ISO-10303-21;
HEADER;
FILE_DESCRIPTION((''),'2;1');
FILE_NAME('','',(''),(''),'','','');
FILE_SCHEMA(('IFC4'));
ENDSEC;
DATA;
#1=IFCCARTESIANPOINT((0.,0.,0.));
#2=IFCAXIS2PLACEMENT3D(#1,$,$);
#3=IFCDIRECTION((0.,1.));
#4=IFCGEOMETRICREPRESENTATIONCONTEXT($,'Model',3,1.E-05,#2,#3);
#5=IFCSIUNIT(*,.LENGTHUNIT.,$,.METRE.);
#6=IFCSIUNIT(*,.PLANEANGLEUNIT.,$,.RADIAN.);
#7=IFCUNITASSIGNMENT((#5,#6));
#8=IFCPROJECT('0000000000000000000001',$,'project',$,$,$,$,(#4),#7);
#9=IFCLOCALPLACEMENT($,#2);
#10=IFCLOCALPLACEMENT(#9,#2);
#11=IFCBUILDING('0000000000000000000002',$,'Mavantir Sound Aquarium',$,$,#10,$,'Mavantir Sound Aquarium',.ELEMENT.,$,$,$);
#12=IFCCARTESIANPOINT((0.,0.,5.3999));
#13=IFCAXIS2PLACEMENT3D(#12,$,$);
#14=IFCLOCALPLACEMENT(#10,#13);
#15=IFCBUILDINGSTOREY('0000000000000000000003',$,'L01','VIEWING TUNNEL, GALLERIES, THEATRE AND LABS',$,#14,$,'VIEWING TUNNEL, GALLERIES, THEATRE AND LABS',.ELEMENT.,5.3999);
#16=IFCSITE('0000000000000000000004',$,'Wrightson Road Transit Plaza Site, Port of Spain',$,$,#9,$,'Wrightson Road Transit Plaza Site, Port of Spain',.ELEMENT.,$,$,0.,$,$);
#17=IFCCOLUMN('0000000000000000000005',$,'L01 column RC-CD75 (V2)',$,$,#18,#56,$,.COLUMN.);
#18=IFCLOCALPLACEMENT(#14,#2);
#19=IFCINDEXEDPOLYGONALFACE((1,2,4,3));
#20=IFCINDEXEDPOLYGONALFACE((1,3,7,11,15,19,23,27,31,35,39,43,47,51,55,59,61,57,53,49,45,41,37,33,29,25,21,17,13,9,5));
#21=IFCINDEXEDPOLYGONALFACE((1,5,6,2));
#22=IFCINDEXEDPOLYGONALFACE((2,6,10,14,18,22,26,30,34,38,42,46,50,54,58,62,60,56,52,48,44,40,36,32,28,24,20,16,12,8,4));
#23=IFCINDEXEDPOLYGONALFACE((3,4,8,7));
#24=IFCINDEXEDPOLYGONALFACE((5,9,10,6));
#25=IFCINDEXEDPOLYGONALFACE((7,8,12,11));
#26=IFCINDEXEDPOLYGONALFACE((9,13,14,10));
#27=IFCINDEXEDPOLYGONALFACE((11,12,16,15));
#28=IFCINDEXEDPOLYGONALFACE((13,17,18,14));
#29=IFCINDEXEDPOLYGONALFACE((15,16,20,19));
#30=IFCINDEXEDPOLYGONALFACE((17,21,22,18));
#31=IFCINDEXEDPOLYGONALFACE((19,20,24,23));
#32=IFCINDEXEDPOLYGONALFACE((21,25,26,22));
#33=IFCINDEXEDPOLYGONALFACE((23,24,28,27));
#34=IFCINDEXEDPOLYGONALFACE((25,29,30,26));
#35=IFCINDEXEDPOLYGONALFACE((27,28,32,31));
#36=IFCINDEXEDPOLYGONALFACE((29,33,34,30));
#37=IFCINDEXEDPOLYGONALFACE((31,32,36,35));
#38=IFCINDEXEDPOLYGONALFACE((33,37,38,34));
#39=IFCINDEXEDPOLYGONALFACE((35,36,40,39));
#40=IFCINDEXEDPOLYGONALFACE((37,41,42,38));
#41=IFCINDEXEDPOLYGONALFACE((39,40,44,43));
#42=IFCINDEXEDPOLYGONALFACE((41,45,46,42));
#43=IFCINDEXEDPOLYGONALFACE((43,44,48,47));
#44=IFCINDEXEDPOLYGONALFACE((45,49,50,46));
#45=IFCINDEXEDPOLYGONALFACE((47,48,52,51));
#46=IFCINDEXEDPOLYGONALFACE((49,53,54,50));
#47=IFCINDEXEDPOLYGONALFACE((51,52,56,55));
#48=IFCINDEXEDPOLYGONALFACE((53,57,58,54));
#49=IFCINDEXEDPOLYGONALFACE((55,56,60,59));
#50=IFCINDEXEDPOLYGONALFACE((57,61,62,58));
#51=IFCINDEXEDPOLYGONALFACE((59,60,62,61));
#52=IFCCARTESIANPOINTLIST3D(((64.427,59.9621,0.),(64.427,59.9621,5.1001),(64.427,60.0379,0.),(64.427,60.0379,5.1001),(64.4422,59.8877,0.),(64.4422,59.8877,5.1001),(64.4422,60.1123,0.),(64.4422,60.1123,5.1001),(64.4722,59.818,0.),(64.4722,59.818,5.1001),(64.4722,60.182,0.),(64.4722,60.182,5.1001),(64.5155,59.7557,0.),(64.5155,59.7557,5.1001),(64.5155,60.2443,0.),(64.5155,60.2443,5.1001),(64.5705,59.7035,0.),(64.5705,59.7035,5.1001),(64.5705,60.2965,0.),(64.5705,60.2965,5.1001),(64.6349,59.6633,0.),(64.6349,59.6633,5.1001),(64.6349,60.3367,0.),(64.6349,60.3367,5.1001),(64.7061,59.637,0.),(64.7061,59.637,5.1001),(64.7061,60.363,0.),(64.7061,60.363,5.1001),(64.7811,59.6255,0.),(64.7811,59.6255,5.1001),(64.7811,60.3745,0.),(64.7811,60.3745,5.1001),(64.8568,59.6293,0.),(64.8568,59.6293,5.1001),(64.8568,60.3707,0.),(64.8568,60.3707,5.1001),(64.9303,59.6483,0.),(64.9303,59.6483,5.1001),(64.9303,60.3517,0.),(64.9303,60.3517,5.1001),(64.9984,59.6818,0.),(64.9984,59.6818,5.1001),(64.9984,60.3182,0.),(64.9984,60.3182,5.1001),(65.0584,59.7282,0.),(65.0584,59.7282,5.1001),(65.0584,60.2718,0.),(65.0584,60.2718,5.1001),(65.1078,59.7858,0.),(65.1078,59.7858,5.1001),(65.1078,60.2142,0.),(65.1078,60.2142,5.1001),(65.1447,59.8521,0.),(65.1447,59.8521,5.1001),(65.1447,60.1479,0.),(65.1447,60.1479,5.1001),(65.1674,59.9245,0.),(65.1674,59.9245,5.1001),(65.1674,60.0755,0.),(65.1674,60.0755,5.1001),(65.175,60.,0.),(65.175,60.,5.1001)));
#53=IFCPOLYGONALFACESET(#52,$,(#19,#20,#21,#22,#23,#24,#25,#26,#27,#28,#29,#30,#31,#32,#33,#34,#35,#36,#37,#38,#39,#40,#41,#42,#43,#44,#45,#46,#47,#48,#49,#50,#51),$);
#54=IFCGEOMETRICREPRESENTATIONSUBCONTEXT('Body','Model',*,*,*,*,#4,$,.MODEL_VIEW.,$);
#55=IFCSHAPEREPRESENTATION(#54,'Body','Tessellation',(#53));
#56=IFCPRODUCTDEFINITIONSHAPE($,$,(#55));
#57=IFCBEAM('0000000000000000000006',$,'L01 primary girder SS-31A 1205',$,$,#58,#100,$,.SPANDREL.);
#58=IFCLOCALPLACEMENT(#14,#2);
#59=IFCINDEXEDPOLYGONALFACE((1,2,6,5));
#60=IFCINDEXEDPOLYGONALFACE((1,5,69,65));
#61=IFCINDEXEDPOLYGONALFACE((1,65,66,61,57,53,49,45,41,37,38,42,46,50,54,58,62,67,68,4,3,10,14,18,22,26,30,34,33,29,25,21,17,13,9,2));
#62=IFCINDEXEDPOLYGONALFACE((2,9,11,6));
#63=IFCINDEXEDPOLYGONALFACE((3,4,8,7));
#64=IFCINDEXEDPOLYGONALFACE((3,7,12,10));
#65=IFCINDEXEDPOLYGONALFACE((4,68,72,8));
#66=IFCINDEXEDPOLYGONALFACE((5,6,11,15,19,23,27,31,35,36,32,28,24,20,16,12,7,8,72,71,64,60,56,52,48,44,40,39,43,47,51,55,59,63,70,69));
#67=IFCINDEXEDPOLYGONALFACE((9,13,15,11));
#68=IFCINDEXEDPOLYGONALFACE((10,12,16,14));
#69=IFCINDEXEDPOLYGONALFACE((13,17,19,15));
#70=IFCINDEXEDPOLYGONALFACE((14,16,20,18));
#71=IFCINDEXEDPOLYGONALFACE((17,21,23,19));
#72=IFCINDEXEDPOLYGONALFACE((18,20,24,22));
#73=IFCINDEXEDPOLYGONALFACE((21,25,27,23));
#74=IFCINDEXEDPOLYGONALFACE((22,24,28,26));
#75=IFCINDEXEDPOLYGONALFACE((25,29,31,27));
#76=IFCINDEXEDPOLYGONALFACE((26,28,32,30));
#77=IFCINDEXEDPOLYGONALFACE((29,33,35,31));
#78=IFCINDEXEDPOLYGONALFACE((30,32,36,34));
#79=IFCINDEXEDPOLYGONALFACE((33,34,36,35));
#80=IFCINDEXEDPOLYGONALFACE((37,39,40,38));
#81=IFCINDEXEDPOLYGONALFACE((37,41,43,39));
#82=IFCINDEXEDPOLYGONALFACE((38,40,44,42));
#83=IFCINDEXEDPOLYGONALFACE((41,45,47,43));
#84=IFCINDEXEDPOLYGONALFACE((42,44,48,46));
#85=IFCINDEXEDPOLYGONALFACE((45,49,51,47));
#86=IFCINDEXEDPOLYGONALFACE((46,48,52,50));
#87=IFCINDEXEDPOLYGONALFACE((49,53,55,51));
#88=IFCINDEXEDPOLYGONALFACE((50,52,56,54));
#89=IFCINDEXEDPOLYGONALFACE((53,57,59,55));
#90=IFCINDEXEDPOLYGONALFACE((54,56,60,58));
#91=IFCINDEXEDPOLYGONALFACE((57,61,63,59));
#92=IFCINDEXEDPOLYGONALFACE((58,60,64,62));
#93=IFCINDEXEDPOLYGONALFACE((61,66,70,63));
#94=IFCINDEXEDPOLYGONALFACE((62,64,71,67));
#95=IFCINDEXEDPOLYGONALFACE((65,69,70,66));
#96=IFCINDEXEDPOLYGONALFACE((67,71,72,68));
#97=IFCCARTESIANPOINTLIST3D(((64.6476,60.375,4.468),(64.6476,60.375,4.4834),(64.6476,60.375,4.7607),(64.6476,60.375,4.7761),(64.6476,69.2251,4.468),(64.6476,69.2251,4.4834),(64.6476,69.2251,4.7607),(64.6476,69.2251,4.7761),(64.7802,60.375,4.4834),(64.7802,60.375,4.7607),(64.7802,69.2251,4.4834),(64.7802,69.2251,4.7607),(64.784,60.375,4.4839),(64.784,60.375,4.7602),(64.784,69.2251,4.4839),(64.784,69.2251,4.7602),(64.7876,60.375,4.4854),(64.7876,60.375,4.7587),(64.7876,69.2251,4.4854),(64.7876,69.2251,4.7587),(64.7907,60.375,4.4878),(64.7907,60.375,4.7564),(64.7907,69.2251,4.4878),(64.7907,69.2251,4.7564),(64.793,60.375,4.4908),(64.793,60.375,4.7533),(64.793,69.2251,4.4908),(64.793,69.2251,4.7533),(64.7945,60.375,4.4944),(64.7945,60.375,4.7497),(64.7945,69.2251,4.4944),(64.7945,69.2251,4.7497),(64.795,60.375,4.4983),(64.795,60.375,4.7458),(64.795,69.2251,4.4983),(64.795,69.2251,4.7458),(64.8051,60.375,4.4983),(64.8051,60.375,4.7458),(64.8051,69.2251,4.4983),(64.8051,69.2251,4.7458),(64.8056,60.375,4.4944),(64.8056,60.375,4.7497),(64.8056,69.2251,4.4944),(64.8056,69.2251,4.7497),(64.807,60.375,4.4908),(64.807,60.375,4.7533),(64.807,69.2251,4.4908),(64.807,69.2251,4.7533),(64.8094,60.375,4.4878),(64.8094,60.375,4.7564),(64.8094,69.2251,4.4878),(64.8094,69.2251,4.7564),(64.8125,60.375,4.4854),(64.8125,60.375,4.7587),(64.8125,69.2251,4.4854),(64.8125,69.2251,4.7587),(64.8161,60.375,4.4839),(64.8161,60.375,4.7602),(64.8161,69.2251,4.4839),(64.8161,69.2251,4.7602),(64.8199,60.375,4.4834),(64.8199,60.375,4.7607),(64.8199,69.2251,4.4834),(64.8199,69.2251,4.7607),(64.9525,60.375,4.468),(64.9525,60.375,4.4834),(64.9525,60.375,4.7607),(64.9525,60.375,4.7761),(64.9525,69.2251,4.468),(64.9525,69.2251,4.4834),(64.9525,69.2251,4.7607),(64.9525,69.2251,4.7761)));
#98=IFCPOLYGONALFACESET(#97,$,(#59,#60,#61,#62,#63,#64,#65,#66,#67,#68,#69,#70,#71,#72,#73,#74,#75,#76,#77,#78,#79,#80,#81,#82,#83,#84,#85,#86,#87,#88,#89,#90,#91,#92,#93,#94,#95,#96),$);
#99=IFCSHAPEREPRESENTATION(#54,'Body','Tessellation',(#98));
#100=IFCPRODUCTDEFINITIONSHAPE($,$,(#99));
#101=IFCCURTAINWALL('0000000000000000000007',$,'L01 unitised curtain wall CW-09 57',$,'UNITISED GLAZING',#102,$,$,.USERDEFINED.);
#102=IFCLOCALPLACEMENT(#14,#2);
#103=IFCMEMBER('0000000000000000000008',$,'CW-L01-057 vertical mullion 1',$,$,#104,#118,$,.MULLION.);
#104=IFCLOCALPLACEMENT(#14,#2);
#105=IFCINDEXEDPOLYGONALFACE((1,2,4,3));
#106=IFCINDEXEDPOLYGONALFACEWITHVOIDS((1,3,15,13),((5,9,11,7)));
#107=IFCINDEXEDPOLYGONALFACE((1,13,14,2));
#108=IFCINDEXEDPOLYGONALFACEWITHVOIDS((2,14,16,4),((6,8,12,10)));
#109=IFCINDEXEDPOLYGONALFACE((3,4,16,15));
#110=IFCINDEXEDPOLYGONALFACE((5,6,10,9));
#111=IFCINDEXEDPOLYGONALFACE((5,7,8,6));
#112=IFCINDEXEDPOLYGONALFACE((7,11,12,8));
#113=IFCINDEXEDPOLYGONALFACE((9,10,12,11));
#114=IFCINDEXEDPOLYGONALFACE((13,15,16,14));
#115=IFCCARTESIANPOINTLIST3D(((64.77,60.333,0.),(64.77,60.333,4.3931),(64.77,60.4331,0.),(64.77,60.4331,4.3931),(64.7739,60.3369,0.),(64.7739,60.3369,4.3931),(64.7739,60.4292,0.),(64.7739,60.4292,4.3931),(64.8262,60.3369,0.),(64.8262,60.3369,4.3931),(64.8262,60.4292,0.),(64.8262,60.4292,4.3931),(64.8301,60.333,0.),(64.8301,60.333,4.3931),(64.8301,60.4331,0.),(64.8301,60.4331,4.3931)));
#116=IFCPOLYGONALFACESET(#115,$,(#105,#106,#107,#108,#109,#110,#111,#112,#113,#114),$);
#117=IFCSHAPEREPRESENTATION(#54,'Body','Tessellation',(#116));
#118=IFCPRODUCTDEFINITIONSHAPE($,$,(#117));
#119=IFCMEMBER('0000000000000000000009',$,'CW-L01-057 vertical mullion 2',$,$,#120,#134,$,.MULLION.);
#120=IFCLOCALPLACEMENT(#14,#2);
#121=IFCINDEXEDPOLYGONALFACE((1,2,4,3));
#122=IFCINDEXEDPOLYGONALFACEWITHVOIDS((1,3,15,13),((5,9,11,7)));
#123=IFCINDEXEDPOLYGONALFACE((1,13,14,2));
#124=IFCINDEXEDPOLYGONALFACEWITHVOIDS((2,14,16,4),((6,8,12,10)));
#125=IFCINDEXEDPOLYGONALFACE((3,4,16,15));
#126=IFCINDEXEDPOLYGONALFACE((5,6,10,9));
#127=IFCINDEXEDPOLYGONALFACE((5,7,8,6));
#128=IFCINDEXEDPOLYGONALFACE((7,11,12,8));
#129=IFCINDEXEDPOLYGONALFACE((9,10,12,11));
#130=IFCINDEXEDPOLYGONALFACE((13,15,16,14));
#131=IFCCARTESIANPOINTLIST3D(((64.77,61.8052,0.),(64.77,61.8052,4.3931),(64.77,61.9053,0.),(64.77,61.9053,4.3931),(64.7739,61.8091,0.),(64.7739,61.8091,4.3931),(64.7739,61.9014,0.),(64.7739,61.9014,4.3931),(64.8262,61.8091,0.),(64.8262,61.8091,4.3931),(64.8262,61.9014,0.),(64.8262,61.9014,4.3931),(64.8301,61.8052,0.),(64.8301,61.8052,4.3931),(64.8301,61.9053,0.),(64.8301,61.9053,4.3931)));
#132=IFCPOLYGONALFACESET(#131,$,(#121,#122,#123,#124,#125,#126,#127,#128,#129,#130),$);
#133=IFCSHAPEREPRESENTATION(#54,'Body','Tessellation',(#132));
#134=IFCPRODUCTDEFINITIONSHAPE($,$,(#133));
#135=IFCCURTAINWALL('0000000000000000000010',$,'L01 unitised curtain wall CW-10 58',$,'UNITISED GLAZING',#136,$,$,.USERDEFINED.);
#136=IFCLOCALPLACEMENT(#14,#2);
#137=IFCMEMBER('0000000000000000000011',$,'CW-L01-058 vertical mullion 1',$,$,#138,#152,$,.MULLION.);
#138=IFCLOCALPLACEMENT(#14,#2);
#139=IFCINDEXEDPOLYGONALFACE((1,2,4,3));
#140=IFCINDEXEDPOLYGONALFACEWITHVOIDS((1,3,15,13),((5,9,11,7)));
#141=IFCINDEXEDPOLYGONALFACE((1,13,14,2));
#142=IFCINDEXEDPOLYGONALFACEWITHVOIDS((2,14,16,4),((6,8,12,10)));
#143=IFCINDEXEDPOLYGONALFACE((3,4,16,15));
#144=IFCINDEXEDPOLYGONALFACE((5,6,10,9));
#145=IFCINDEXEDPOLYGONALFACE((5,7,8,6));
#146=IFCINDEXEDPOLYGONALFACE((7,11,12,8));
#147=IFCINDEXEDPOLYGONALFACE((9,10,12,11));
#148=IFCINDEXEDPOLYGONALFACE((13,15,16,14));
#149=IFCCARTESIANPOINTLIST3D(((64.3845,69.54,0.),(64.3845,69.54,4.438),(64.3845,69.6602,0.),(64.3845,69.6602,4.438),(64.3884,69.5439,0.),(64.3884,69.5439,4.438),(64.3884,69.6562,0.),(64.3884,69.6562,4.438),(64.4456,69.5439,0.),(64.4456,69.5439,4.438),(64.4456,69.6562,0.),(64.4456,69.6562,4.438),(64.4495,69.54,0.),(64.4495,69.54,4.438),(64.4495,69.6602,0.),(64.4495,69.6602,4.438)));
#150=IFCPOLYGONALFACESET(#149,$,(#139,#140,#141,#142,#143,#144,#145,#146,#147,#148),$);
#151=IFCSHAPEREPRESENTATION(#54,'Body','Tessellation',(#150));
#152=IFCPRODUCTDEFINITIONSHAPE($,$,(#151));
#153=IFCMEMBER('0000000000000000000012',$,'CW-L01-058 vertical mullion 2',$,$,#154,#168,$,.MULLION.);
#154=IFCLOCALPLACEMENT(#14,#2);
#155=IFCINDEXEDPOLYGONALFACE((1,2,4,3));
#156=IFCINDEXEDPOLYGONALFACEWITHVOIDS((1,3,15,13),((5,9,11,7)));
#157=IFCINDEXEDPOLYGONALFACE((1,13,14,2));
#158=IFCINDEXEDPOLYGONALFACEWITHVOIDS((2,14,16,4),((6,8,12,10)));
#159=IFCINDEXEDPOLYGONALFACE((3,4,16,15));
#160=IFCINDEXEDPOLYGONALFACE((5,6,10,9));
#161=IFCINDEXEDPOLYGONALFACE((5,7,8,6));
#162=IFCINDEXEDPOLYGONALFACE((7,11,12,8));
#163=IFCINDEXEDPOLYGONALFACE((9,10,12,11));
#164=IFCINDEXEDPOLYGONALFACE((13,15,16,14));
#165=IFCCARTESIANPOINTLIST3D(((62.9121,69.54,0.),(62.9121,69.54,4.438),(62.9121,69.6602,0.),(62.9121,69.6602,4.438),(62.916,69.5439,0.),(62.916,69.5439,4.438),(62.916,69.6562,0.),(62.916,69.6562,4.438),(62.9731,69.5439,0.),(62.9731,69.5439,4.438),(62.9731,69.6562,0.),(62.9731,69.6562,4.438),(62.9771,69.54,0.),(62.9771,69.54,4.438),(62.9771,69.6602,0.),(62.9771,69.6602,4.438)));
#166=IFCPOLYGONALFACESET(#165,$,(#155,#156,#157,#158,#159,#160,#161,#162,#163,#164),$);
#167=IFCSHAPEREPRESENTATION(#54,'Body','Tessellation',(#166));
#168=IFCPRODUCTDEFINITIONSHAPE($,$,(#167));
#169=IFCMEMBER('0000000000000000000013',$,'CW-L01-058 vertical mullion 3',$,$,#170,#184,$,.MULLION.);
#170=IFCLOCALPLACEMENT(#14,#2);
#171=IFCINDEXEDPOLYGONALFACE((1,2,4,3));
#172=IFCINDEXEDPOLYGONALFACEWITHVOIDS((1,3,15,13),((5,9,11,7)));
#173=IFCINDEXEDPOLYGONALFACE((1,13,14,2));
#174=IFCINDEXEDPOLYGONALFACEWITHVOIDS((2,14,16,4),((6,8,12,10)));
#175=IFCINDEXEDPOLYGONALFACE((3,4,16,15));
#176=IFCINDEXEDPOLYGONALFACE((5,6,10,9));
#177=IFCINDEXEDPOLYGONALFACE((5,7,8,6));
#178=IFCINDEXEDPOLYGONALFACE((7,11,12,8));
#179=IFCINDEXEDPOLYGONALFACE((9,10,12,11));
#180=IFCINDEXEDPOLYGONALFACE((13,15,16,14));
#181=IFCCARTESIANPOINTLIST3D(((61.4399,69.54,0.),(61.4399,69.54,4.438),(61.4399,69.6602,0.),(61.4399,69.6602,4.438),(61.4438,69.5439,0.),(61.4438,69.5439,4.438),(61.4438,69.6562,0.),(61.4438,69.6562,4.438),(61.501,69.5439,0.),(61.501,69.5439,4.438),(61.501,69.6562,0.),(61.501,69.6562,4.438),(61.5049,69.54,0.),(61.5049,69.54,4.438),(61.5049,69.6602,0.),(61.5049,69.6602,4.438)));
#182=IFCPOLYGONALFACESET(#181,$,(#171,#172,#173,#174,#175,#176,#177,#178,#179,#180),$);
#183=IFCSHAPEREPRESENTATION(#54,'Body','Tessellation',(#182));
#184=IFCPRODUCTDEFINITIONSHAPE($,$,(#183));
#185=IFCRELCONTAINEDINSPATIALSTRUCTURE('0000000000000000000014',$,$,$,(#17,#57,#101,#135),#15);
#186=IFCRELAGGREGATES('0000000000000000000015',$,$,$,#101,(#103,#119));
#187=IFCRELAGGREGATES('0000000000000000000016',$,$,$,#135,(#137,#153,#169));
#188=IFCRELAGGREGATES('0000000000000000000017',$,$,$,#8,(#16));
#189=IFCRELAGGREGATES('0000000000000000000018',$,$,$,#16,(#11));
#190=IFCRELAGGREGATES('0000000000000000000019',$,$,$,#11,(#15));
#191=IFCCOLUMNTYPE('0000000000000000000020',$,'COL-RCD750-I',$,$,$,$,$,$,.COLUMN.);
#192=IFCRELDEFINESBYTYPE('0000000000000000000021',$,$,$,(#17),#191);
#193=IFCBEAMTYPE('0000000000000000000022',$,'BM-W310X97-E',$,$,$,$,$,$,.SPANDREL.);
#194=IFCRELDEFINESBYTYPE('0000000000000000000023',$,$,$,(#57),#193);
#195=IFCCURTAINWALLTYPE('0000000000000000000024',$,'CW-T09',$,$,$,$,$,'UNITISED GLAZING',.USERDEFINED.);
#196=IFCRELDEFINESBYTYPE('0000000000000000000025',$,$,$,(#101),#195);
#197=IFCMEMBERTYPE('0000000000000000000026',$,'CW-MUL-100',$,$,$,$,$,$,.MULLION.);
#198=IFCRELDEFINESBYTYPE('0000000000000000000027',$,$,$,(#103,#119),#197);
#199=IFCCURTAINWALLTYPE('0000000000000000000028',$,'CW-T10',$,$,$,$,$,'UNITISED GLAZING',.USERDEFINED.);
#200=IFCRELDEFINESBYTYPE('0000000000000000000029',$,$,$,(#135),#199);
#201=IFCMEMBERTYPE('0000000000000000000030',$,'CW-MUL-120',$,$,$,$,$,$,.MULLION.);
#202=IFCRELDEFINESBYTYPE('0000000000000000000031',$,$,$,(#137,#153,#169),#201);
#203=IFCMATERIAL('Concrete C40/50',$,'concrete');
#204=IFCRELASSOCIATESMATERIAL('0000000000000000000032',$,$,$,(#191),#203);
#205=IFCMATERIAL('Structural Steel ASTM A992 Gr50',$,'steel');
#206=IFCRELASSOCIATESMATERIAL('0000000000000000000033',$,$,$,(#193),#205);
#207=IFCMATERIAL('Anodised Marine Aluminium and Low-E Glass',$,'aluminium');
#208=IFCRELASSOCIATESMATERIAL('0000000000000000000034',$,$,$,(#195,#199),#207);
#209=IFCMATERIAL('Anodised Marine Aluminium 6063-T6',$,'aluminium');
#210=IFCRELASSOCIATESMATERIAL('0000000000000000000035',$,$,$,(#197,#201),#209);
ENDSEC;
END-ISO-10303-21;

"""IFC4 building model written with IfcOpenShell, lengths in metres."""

from ifc_helpers import new_model, si_unit, direction, frame, origin, origin_2d, place, context, subcontext, project, spatial, hollow_rectangle, circle, i_section, extrude, material, material_profile, profile_set, type_object, element, aggregate, save


model = new_model("IFC4")

# Units and contexts
model_context = context("Model", 3, precision=1e-05, world=origin(), true_north=direction((0.0, 1.0)))
body_context = subcontext(model_context, "Body", "Model", "MODEL_VIEW")
ifc_project = project(units=[si_unit("LENGTHUNIT", "METRE"), si_unit("PLANEANGLEUNIT", "RADIAN")], contexts=[model_context])

# Site, building, storey
site_placement = place(None, origin())
site = spatial("IfcSite", under=ifc_project, at=site_placement, Name="Wrightson Road Transit Plaza Site, Port of Spain", LongName="Wrightson Road Transit Plaza Site, Port of Spain", CompositionType="ELEMENT", RefElevation=0.0)
building_placement = place(site_placement, origin())
building = spatial("IfcBuilding", under=site, at=building_placement, Name="Mavantir Sound Aquarium", LongName="Mavantir Sound Aquarium", CompositionType="ELEMENT")
storey_placement = place(building_placement, frame((0.0, 0.0, 5.3999)))
storey = spatial("IfcBuildingStorey", under=building, at=storey_placement, Name="L01", Description="VIEWING TUNNEL, GALLERIES, THEATRE AND LABS", LongName="VIEWING TUNNEL, GALLERIES, THEATRE AND LABS", CompositionType="ELEMENT", Elevation=5.3999)

# Column
ifc_material_1 = material(Name="Concrete C40/50", Category="concrete")
ifc_material_profile_1 = material_profile(ifc_material_1, circle(Radius=0.375, at=origin_2d()), Name="RC D750")
ifc_profile_set_1 = profile_set([ifc_material_profile_1], Name="Concrete C40/50")
column_type = type_object("IfcColumnType", Name="COL-RCD750-I", PredefinedType="COLUMN", material=ifc_profile_set_1)
column_placement = place(storey_placement, frame((64.8, 60.0, 0.0), z_axis=(0.0, 0.0, 1.0), x_axis=(1.0, 0.0, 0.0)))
element("IfcColumn", 1, at=column_placement, inside=storey, type_object=column_type, Name="L01 column RC-CD75 (V2)", PredefinedType="COLUMN", context=body_context, shape_type="SweptSolid", body=[
    extrude(circle(Radius=0.375, at=origin_2d()), origin(), (0.0, 0.0, 1.0), 5.1001),
])

# Beam
ifc_material_2 = material(Name="Structural Steel ASTM A992 Gr50", Category="steel")
ifc_material_profile_2 = material_profile(ifc_material_2, i_section(OverallWidth=0.3049, OverallDepth=0.3081, WebThickness=0.01, FlangeThickness=0.0154, FilletRadius=0.0149, at=origin_2d()), Name="W310X97")
ifc_profile_set_2 = profile_set([ifc_material_profile_2], Name="Structural Steel ASTM A992 Gr50")
beam_type = type_object("IfcBeamType", Name="BM-W310X97-E", PredefinedType="SPANDREL", material=ifc_profile_set_2)
beam_placement = place(storey_placement, frame((64.8, 60.375, 4.6221), z_axis=(0.0, 1.0, 0.0), x_axis=(-1.0, 0.0, 0.0)))
element("IfcBeam", 2, at=beam_placement, inside=storey, type_object=beam_type, Name="L01 primary girder SS-31A 1205", PredefinedType="SPANDREL", context=body_context, shape_type="SweptSolid", body=[
    extrude(i_section(OverallWidth=0.3049, OverallDepth=0.3081, WebThickness=0.01, FlangeThickness=0.0154, FilletRadius=0.0149, at=origin_2d()), origin(), (0.0, 0.0, 1.0), 8.8501),
])

# Curtain walls, members
ifc_material_3 = material(Name="Anodised Marine Aluminium and Low-E Glass", Category="aluminium")
curtain_wall_type_1 = type_object("IfcCurtainWallType", Name="CW-T09", ElementType="UNITISED GLAZING", PredefinedType="USERDEFINED", material=ifc_material_3)
curtain_wall_1_placement = place(storey_placement, origin())
curtain_wall_1 = element("IfcCurtainWall", 3, at=curtain_wall_1_placement, inside=storey, type_object=curtain_wall_type_1, Name="L01 unitised curtain wall CW-09 57", ObjectType="UNITISED GLAZING", PredefinedType="USERDEFINED")
ifc_material_4 = material(Name="Anodised Marine Aluminium 6063-T6", Category="aluminium")
ifc_material_profile_3 = material_profile(ifc_material_4, hollow_rectangle(XDim=0.0601, YDim=0.1001, WallThickness=0.0039, at=origin_2d()), Name="ALU-MULLION-100X60")
ifc_profile_set_3 = profile_set([ifc_material_profile_3], Name="Anodised Marine Aluminium 6063-T6")
member_type_1 = type_object("IfcMemberType", Name="CW-MUL-100", PredefinedType="MULLION", material=ifc_profile_set_3)
member_1_placement = place(storey_placement, frame((64.8, 60.3831, 0.0), z_axis=(0.0, 0.0, 1.0), x_axis=(1.0, 0.0, 0.0)))
member_1 = element("IfcMember", 4, at=member_1_placement, type_object=member_type_1, Name="CW-L01-057 vertical mullion 1", PredefinedType="MULLION", context=body_context, shape_type="SweptSolid", body=[
    extrude(hollow_rectangle(XDim=0.0601, YDim=0.1001, WallThickness=0.0039, at=origin_2d()), origin(), (0.0, 0.0, 1.0), 4.3931),
])
member_2_placement = place(storey_placement, frame((64.8, 61.8552, 0.0), z_axis=(0.0, 0.0, 1.0), x_axis=(1.0, 0.0, 0.0)))
member_2 = element("IfcMember", 5, at=member_2_placement, type_object=member_type_1, Name="CW-L01-057 vertical mullion 2", PredefinedType="MULLION", context=body_context, shape_type="SweptSolid", body=[
    extrude(hollow_rectangle(XDim=0.0601, YDim=0.1001, WallThickness=0.0039, at=origin_2d()), origin(), (0.0, 0.0, 1.0), 4.3931),
])
curtain_wall_type_2 = type_object("IfcCurtainWallType", Name="CW-T10", ElementType="UNITISED GLAZING", PredefinedType="USERDEFINED", material=ifc_material_3)
curtain_wall_2_placement = place(storey_placement, origin())
curtain_wall_2 = element("IfcCurtainWall", 6, at=curtain_wall_2_placement, inside=storey, type_object=curtain_wall_type_2, Name="L01 unitised curtain wall CW-10 58", ObjectType="UNITISED GLAZING", PredefinedType="USERDEFINED")
ifc_material_profile_4 = material_profile(ifc_material_4, hollow_rectangle(XDim=0.0649, YDim=0.1201, WallThickness=0.0039, at=origin_2d()), Name="ALU-MULLION-120X65")
ifc_profile_set_4 = profile_set([ifc_material_profile_4], Name="Anodised Marine Aluminium 6063-T6")
member_type_2 = type_object("IfcMemberType", Name="CW-MUL-120", PredefinedType="MULLION", material=ifc_profile_set_4)
member_3_placement = place(storey_placement, frame((64.417, 69.6001, 0.0), z_axis=(0.0, 0.0, 1.0), x_axis=(1.0, 0.0, 0.0)))
member_3 = element("IfcMember", 7, at=member_3_placement, type_object=member_type_2, Name="CW-L01-058 vertical mullion 1", PredefinedType="MULLION", context=body_context, shape_type="SweptSolid", body=[
    extrude(hollow_rectangle(XDim=0.0649, YDim=0.1201, WallThickness=0.0039, at=origin_2d()), origin(), (0.0, 0.0, 1.0), 4.438),
])
member_4_placement = place(storey_placement, frame((62.9446, 69.6001, 0.0), z_axis=(0.0, 0.0, 1.0), x_axis=(1.0, 0.0, 0.0)))
member_4 = element("IfcMember", 8, at=member_4_placement, type_object=member_type_2, Name="CW-L01-058 vertical mullion 2", PredefinedType="MULLION", context=body_context, shape_type="SweptSolid", body=[
    extrude(hollow_rectangle(XDim=0.0649, YDim=0.1201, WallThickness=0.0039, at=origin_2d()), origin(), (0.0, 0.0, 1.0), 4.438),
])
member_5_placement = place(storey_placement, frame((61.4724, 69.6001, 0.0), z_axis=(0.0, 0.0, 1.0), x_axis=(1.0, 0.0, 0.0)))
member_5 = element("IfcMember", 9, at=member_5_placement, type_object=member_type_2, Name="CW-L01-058 vertical mullion 3", PredefinedType="MULLION", context=body_context, shape_type="SweptSolid", body=[
    extrude(hollow_rectangle(XDim=0.0649, YDim=0.1201, WallThickness=0.0039, at=origin_2d()), origin(), (0.0, 0.0, 1.0), 4.438),
])

aggregate(curtain_wall_1, [member_1, member_2])
aggregate(curtain_wall_2, [member_3, member_4, member_5])

save(model, "model.ifc")
